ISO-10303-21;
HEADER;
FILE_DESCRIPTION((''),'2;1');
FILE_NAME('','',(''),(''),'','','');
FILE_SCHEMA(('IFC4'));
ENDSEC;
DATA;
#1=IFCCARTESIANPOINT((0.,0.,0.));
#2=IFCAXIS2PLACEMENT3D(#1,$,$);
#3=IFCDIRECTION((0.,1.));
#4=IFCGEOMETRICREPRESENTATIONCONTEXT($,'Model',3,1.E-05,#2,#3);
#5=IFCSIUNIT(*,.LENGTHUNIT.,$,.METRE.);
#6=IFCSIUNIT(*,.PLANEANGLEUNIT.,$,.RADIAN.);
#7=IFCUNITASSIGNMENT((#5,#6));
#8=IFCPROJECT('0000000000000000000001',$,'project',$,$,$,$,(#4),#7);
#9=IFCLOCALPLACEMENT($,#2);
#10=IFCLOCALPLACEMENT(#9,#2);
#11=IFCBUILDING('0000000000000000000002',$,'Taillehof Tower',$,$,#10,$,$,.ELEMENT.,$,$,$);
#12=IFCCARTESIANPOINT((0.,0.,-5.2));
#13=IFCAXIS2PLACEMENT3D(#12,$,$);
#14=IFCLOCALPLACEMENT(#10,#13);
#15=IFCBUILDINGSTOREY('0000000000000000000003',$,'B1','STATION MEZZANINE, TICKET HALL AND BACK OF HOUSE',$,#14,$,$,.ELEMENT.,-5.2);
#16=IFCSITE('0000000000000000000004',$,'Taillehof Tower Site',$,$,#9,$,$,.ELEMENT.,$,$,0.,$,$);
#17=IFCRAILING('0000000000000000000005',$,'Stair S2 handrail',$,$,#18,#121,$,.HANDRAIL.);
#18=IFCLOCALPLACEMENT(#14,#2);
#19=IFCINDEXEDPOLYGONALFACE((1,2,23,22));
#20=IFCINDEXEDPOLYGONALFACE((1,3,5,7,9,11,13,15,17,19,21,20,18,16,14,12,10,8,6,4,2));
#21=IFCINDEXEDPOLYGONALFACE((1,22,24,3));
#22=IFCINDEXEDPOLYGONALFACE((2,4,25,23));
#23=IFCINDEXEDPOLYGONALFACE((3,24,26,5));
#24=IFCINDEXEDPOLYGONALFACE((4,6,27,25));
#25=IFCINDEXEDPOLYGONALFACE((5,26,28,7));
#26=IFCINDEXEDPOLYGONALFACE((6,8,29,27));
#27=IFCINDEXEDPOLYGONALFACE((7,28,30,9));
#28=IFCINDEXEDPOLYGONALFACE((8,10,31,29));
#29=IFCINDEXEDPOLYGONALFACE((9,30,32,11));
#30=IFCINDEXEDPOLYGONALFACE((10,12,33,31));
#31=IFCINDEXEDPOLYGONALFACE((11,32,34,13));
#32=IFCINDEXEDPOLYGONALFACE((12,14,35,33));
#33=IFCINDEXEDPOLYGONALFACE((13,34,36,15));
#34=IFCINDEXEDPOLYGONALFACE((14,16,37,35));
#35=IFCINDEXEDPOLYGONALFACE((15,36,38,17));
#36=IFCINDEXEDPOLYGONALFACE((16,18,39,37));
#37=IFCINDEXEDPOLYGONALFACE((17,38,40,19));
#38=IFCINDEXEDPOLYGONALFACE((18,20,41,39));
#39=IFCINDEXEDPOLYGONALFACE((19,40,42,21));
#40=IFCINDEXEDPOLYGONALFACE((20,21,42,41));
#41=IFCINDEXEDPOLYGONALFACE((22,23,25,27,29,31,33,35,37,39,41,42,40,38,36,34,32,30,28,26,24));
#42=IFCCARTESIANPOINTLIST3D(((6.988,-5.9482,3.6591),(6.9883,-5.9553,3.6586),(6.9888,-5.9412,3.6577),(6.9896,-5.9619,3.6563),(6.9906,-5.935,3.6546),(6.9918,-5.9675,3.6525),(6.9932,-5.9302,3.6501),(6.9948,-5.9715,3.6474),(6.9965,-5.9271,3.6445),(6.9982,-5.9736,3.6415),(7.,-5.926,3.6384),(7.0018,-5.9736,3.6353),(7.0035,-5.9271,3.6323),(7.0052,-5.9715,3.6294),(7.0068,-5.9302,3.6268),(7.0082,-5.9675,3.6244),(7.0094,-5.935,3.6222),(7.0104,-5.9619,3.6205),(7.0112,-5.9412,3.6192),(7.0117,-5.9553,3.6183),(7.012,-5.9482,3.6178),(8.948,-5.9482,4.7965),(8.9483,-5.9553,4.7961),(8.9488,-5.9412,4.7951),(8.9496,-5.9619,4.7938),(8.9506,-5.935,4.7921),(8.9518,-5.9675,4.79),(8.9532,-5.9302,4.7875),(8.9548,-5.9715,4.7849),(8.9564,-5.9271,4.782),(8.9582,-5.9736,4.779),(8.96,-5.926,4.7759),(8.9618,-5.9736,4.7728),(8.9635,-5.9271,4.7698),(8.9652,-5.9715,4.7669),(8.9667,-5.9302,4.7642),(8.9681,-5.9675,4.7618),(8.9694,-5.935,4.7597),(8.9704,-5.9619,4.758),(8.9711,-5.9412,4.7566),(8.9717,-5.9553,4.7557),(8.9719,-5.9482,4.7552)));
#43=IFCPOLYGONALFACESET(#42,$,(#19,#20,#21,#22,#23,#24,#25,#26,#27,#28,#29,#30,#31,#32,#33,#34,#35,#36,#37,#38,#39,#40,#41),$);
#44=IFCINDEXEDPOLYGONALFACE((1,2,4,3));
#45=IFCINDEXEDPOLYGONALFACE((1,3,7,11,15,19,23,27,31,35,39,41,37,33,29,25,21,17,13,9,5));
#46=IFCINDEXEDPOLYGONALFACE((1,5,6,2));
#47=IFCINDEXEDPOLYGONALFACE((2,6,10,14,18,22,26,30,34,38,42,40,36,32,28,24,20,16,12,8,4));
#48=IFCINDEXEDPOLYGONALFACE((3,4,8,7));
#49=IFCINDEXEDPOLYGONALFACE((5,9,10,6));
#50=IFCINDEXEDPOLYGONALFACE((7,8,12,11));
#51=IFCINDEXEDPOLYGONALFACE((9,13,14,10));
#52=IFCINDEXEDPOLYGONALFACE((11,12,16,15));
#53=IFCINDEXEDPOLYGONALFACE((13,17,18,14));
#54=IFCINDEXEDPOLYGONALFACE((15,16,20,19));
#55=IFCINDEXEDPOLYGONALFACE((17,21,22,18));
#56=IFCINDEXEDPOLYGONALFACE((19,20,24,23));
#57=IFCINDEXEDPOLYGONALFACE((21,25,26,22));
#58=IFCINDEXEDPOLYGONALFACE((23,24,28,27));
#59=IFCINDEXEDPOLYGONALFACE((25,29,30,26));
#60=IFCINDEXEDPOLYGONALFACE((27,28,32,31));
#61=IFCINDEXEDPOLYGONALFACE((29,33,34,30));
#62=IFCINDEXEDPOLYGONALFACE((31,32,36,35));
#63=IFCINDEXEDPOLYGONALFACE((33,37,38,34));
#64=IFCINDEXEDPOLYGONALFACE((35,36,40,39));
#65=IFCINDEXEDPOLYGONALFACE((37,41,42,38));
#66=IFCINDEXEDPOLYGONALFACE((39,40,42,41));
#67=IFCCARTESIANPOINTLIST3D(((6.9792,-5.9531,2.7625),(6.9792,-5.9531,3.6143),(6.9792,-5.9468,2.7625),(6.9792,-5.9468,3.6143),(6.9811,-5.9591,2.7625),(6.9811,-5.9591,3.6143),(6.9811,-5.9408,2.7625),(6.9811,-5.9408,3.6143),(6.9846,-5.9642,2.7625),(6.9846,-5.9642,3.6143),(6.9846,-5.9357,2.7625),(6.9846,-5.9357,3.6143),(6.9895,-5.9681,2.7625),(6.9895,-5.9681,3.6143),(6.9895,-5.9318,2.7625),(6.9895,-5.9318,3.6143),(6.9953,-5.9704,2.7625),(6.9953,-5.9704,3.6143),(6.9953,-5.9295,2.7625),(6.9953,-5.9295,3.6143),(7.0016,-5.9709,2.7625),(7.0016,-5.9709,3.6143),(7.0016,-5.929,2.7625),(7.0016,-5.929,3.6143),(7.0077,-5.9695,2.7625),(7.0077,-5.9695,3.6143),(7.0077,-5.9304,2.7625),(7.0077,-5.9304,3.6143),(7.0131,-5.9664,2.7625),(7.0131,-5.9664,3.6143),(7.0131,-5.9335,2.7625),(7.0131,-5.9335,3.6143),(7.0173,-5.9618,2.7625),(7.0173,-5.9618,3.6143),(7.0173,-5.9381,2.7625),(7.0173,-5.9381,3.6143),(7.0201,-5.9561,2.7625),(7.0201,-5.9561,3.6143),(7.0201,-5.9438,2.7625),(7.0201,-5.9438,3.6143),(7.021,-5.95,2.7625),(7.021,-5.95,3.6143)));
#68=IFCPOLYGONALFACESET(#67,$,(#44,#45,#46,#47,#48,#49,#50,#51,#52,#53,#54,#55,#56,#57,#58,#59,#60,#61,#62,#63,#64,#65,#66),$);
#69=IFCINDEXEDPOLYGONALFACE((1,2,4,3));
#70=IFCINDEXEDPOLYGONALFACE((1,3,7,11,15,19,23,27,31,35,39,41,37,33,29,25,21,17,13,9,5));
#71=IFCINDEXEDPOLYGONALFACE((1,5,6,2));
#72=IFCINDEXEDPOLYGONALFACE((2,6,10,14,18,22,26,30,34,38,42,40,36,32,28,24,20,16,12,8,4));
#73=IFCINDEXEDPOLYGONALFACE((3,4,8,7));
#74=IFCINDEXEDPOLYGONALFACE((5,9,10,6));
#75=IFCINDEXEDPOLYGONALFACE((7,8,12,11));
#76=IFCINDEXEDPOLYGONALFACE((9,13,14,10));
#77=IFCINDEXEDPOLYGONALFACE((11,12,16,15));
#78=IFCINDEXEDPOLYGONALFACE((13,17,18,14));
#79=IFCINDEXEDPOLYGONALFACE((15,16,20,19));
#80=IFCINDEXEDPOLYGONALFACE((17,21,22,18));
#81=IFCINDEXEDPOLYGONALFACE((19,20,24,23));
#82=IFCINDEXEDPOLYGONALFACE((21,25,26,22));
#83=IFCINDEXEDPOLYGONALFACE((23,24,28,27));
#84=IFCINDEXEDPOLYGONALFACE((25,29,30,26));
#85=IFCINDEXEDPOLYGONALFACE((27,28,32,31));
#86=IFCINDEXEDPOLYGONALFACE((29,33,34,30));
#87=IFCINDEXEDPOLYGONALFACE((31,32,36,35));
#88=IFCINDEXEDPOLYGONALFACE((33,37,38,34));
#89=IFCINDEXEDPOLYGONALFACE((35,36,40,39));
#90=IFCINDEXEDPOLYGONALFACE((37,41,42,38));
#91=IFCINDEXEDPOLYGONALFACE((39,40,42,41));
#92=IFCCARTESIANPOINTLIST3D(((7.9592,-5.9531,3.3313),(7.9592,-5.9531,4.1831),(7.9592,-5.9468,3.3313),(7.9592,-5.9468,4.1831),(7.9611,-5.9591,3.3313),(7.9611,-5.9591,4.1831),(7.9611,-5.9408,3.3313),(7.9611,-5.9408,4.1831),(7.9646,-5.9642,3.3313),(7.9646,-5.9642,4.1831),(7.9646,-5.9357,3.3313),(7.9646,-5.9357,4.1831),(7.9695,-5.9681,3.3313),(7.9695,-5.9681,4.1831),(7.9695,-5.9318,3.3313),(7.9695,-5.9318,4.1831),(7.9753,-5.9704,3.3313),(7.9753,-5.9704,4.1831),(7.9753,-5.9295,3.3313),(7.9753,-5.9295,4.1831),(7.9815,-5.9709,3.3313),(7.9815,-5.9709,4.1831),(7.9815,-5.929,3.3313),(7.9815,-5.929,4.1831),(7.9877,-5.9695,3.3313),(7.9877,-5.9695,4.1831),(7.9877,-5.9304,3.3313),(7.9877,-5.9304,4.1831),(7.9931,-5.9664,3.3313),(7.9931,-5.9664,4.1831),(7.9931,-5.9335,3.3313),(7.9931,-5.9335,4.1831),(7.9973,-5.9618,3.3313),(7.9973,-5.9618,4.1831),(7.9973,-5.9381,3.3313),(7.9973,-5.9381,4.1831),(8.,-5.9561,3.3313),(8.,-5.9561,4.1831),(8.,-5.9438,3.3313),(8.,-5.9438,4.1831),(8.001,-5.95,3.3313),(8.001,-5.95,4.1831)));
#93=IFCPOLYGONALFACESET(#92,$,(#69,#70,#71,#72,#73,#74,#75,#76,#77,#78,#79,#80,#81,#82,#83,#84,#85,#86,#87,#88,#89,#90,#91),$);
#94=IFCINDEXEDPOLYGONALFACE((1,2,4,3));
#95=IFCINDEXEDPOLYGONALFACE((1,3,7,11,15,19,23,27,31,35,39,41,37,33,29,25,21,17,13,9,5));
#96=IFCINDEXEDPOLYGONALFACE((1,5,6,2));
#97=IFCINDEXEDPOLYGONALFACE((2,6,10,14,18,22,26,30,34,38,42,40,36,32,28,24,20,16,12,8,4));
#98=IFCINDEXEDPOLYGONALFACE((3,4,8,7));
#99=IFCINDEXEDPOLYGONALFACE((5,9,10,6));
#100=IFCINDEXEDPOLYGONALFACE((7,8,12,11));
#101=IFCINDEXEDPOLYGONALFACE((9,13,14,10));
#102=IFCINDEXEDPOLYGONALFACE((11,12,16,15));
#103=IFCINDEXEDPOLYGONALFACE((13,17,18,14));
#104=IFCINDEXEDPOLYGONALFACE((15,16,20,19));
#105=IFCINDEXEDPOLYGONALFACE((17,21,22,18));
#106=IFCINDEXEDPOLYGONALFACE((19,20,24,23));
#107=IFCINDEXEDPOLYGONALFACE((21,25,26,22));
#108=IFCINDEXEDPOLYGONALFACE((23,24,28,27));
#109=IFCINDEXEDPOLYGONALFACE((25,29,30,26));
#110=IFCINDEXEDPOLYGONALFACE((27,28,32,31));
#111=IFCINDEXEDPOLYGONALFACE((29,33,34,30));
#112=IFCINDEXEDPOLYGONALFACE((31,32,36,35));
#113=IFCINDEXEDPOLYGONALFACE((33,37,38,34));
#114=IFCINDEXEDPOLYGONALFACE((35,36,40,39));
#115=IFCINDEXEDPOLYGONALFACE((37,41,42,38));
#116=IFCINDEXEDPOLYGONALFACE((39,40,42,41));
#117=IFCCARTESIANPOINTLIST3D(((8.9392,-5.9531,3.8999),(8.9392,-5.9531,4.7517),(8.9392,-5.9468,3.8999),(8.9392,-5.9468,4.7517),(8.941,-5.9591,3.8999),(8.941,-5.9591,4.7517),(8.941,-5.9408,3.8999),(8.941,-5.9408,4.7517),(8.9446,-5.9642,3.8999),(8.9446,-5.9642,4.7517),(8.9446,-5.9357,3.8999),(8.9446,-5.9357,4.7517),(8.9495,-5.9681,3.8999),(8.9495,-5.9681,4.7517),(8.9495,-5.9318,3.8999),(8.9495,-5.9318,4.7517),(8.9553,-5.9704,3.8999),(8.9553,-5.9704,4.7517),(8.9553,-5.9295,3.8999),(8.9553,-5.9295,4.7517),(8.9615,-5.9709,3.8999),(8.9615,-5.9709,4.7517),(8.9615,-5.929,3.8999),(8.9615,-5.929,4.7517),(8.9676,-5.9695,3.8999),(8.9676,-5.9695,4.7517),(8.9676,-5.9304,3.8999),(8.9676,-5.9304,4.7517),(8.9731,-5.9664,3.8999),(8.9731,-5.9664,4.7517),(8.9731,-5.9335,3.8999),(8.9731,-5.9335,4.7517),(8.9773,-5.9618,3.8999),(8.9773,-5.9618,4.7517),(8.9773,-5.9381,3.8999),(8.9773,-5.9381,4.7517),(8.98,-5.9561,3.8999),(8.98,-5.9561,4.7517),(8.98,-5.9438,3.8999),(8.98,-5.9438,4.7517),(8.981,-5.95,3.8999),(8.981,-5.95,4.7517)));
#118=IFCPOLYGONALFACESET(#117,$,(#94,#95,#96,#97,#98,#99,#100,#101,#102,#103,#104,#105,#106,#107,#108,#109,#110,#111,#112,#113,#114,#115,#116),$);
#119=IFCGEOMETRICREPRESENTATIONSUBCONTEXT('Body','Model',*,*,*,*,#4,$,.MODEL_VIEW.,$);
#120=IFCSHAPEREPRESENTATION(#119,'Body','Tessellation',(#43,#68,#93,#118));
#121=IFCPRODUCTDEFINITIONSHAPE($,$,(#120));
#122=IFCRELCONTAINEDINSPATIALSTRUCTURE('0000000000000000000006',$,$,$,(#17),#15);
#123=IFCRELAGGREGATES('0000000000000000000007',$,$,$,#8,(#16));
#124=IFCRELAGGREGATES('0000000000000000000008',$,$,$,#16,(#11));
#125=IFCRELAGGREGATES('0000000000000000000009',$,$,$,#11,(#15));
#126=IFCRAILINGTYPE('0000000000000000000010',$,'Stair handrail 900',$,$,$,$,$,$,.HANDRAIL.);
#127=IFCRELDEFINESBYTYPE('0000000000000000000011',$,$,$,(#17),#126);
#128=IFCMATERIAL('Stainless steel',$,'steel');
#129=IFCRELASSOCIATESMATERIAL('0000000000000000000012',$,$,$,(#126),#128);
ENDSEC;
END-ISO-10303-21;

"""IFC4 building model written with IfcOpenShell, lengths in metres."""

from ifc_helpers import new_model, si_unit, direction, frame, origin, origin_2d, place, context, subcontext, project, spatial, circle, extrude, material, type_object, element, save


model = new_model("IFC4")

# Units and contexts
model_context = context("Model", 3, precision=1e-05, world=origin(), true_north=direction((0.0, 1.0)))
body_context = subcontext(model_context, "Body", "Model", "MODEL_VIEW")
ifc_project = project(units=[si_unit("LENGTHUNIT", "METRE"), si_unit("PLANEANGLEUNIT", "RADIAN")], contexts=[model_context])

# Site, building, storey
site_placement = place(None, origin())
site = spatial("IfcSite", under=ifc_project, at=site_placement, Name="Taillehof Tower Site", CompositionType="ELEMENT", RefElevation=0.0)
building_placement = place(site_placement, origin())
building = spatial("IfcBuilding", under=site, at=building_placement, Name="Taillehof Tower", CompositionType="ELEMENT")
storey_placement = place(building_placement, frame((0.0, 0.0, -5.2)))
storey = spatial("IfcBuildingStorey", under=building, at=storey_placement, Name="B1", Description="STATION MEZZANINE, TICKET HALL AND BACK OF HOUSE", CompositionType="ELEMENT", Elevation=-5.2)

# Railing
ifc_material_1 = material(Name="Stainless steel", Category="steel")
railing_type = type_object("IfcRailingType", Name="Stair handrail 900", PredefinedType="HANDRAIL", material=ifc_material_1)
railing_1_placement = place(storey_placement, frame((7.0, -5.95, 2.7625)))
element("IfcRailing", 1, at=railing_1_placement, inside=storey, type_object=railing_type, Name="Stair S2 handrail", PredefinedType="HANDRAIL", context=body_context, shape_type="SweptSolid", body=[
    extrude(circle(Radius=0.0239, at=origin_2d()), frame((0.0, 0.0, 0.876), z_axis=(0.864902, 0.0, 0.501941), x_axis=(0.0, 1.0, 0.0)), (0.0, 0.0, 1.0), 2.2661),
    extrude(circle(Radius=0.021, at=origin_2d()), origin(), (0.0, 0.0, 1.0), 0.8518),
    extrude(circle(Radius=0.021, at=origin_2d()), frame((0.98, 0.0, 0.5688)), (0.0, 0.0, 1.0), 0.8518),
    extrude(circle(Radius=0.021, at=origin_2d()), frame((1.96, 0.0, 1.1375)), (0.0, 0.0, 1.0), 0.8518),
])

save(model, "model.ifc")
